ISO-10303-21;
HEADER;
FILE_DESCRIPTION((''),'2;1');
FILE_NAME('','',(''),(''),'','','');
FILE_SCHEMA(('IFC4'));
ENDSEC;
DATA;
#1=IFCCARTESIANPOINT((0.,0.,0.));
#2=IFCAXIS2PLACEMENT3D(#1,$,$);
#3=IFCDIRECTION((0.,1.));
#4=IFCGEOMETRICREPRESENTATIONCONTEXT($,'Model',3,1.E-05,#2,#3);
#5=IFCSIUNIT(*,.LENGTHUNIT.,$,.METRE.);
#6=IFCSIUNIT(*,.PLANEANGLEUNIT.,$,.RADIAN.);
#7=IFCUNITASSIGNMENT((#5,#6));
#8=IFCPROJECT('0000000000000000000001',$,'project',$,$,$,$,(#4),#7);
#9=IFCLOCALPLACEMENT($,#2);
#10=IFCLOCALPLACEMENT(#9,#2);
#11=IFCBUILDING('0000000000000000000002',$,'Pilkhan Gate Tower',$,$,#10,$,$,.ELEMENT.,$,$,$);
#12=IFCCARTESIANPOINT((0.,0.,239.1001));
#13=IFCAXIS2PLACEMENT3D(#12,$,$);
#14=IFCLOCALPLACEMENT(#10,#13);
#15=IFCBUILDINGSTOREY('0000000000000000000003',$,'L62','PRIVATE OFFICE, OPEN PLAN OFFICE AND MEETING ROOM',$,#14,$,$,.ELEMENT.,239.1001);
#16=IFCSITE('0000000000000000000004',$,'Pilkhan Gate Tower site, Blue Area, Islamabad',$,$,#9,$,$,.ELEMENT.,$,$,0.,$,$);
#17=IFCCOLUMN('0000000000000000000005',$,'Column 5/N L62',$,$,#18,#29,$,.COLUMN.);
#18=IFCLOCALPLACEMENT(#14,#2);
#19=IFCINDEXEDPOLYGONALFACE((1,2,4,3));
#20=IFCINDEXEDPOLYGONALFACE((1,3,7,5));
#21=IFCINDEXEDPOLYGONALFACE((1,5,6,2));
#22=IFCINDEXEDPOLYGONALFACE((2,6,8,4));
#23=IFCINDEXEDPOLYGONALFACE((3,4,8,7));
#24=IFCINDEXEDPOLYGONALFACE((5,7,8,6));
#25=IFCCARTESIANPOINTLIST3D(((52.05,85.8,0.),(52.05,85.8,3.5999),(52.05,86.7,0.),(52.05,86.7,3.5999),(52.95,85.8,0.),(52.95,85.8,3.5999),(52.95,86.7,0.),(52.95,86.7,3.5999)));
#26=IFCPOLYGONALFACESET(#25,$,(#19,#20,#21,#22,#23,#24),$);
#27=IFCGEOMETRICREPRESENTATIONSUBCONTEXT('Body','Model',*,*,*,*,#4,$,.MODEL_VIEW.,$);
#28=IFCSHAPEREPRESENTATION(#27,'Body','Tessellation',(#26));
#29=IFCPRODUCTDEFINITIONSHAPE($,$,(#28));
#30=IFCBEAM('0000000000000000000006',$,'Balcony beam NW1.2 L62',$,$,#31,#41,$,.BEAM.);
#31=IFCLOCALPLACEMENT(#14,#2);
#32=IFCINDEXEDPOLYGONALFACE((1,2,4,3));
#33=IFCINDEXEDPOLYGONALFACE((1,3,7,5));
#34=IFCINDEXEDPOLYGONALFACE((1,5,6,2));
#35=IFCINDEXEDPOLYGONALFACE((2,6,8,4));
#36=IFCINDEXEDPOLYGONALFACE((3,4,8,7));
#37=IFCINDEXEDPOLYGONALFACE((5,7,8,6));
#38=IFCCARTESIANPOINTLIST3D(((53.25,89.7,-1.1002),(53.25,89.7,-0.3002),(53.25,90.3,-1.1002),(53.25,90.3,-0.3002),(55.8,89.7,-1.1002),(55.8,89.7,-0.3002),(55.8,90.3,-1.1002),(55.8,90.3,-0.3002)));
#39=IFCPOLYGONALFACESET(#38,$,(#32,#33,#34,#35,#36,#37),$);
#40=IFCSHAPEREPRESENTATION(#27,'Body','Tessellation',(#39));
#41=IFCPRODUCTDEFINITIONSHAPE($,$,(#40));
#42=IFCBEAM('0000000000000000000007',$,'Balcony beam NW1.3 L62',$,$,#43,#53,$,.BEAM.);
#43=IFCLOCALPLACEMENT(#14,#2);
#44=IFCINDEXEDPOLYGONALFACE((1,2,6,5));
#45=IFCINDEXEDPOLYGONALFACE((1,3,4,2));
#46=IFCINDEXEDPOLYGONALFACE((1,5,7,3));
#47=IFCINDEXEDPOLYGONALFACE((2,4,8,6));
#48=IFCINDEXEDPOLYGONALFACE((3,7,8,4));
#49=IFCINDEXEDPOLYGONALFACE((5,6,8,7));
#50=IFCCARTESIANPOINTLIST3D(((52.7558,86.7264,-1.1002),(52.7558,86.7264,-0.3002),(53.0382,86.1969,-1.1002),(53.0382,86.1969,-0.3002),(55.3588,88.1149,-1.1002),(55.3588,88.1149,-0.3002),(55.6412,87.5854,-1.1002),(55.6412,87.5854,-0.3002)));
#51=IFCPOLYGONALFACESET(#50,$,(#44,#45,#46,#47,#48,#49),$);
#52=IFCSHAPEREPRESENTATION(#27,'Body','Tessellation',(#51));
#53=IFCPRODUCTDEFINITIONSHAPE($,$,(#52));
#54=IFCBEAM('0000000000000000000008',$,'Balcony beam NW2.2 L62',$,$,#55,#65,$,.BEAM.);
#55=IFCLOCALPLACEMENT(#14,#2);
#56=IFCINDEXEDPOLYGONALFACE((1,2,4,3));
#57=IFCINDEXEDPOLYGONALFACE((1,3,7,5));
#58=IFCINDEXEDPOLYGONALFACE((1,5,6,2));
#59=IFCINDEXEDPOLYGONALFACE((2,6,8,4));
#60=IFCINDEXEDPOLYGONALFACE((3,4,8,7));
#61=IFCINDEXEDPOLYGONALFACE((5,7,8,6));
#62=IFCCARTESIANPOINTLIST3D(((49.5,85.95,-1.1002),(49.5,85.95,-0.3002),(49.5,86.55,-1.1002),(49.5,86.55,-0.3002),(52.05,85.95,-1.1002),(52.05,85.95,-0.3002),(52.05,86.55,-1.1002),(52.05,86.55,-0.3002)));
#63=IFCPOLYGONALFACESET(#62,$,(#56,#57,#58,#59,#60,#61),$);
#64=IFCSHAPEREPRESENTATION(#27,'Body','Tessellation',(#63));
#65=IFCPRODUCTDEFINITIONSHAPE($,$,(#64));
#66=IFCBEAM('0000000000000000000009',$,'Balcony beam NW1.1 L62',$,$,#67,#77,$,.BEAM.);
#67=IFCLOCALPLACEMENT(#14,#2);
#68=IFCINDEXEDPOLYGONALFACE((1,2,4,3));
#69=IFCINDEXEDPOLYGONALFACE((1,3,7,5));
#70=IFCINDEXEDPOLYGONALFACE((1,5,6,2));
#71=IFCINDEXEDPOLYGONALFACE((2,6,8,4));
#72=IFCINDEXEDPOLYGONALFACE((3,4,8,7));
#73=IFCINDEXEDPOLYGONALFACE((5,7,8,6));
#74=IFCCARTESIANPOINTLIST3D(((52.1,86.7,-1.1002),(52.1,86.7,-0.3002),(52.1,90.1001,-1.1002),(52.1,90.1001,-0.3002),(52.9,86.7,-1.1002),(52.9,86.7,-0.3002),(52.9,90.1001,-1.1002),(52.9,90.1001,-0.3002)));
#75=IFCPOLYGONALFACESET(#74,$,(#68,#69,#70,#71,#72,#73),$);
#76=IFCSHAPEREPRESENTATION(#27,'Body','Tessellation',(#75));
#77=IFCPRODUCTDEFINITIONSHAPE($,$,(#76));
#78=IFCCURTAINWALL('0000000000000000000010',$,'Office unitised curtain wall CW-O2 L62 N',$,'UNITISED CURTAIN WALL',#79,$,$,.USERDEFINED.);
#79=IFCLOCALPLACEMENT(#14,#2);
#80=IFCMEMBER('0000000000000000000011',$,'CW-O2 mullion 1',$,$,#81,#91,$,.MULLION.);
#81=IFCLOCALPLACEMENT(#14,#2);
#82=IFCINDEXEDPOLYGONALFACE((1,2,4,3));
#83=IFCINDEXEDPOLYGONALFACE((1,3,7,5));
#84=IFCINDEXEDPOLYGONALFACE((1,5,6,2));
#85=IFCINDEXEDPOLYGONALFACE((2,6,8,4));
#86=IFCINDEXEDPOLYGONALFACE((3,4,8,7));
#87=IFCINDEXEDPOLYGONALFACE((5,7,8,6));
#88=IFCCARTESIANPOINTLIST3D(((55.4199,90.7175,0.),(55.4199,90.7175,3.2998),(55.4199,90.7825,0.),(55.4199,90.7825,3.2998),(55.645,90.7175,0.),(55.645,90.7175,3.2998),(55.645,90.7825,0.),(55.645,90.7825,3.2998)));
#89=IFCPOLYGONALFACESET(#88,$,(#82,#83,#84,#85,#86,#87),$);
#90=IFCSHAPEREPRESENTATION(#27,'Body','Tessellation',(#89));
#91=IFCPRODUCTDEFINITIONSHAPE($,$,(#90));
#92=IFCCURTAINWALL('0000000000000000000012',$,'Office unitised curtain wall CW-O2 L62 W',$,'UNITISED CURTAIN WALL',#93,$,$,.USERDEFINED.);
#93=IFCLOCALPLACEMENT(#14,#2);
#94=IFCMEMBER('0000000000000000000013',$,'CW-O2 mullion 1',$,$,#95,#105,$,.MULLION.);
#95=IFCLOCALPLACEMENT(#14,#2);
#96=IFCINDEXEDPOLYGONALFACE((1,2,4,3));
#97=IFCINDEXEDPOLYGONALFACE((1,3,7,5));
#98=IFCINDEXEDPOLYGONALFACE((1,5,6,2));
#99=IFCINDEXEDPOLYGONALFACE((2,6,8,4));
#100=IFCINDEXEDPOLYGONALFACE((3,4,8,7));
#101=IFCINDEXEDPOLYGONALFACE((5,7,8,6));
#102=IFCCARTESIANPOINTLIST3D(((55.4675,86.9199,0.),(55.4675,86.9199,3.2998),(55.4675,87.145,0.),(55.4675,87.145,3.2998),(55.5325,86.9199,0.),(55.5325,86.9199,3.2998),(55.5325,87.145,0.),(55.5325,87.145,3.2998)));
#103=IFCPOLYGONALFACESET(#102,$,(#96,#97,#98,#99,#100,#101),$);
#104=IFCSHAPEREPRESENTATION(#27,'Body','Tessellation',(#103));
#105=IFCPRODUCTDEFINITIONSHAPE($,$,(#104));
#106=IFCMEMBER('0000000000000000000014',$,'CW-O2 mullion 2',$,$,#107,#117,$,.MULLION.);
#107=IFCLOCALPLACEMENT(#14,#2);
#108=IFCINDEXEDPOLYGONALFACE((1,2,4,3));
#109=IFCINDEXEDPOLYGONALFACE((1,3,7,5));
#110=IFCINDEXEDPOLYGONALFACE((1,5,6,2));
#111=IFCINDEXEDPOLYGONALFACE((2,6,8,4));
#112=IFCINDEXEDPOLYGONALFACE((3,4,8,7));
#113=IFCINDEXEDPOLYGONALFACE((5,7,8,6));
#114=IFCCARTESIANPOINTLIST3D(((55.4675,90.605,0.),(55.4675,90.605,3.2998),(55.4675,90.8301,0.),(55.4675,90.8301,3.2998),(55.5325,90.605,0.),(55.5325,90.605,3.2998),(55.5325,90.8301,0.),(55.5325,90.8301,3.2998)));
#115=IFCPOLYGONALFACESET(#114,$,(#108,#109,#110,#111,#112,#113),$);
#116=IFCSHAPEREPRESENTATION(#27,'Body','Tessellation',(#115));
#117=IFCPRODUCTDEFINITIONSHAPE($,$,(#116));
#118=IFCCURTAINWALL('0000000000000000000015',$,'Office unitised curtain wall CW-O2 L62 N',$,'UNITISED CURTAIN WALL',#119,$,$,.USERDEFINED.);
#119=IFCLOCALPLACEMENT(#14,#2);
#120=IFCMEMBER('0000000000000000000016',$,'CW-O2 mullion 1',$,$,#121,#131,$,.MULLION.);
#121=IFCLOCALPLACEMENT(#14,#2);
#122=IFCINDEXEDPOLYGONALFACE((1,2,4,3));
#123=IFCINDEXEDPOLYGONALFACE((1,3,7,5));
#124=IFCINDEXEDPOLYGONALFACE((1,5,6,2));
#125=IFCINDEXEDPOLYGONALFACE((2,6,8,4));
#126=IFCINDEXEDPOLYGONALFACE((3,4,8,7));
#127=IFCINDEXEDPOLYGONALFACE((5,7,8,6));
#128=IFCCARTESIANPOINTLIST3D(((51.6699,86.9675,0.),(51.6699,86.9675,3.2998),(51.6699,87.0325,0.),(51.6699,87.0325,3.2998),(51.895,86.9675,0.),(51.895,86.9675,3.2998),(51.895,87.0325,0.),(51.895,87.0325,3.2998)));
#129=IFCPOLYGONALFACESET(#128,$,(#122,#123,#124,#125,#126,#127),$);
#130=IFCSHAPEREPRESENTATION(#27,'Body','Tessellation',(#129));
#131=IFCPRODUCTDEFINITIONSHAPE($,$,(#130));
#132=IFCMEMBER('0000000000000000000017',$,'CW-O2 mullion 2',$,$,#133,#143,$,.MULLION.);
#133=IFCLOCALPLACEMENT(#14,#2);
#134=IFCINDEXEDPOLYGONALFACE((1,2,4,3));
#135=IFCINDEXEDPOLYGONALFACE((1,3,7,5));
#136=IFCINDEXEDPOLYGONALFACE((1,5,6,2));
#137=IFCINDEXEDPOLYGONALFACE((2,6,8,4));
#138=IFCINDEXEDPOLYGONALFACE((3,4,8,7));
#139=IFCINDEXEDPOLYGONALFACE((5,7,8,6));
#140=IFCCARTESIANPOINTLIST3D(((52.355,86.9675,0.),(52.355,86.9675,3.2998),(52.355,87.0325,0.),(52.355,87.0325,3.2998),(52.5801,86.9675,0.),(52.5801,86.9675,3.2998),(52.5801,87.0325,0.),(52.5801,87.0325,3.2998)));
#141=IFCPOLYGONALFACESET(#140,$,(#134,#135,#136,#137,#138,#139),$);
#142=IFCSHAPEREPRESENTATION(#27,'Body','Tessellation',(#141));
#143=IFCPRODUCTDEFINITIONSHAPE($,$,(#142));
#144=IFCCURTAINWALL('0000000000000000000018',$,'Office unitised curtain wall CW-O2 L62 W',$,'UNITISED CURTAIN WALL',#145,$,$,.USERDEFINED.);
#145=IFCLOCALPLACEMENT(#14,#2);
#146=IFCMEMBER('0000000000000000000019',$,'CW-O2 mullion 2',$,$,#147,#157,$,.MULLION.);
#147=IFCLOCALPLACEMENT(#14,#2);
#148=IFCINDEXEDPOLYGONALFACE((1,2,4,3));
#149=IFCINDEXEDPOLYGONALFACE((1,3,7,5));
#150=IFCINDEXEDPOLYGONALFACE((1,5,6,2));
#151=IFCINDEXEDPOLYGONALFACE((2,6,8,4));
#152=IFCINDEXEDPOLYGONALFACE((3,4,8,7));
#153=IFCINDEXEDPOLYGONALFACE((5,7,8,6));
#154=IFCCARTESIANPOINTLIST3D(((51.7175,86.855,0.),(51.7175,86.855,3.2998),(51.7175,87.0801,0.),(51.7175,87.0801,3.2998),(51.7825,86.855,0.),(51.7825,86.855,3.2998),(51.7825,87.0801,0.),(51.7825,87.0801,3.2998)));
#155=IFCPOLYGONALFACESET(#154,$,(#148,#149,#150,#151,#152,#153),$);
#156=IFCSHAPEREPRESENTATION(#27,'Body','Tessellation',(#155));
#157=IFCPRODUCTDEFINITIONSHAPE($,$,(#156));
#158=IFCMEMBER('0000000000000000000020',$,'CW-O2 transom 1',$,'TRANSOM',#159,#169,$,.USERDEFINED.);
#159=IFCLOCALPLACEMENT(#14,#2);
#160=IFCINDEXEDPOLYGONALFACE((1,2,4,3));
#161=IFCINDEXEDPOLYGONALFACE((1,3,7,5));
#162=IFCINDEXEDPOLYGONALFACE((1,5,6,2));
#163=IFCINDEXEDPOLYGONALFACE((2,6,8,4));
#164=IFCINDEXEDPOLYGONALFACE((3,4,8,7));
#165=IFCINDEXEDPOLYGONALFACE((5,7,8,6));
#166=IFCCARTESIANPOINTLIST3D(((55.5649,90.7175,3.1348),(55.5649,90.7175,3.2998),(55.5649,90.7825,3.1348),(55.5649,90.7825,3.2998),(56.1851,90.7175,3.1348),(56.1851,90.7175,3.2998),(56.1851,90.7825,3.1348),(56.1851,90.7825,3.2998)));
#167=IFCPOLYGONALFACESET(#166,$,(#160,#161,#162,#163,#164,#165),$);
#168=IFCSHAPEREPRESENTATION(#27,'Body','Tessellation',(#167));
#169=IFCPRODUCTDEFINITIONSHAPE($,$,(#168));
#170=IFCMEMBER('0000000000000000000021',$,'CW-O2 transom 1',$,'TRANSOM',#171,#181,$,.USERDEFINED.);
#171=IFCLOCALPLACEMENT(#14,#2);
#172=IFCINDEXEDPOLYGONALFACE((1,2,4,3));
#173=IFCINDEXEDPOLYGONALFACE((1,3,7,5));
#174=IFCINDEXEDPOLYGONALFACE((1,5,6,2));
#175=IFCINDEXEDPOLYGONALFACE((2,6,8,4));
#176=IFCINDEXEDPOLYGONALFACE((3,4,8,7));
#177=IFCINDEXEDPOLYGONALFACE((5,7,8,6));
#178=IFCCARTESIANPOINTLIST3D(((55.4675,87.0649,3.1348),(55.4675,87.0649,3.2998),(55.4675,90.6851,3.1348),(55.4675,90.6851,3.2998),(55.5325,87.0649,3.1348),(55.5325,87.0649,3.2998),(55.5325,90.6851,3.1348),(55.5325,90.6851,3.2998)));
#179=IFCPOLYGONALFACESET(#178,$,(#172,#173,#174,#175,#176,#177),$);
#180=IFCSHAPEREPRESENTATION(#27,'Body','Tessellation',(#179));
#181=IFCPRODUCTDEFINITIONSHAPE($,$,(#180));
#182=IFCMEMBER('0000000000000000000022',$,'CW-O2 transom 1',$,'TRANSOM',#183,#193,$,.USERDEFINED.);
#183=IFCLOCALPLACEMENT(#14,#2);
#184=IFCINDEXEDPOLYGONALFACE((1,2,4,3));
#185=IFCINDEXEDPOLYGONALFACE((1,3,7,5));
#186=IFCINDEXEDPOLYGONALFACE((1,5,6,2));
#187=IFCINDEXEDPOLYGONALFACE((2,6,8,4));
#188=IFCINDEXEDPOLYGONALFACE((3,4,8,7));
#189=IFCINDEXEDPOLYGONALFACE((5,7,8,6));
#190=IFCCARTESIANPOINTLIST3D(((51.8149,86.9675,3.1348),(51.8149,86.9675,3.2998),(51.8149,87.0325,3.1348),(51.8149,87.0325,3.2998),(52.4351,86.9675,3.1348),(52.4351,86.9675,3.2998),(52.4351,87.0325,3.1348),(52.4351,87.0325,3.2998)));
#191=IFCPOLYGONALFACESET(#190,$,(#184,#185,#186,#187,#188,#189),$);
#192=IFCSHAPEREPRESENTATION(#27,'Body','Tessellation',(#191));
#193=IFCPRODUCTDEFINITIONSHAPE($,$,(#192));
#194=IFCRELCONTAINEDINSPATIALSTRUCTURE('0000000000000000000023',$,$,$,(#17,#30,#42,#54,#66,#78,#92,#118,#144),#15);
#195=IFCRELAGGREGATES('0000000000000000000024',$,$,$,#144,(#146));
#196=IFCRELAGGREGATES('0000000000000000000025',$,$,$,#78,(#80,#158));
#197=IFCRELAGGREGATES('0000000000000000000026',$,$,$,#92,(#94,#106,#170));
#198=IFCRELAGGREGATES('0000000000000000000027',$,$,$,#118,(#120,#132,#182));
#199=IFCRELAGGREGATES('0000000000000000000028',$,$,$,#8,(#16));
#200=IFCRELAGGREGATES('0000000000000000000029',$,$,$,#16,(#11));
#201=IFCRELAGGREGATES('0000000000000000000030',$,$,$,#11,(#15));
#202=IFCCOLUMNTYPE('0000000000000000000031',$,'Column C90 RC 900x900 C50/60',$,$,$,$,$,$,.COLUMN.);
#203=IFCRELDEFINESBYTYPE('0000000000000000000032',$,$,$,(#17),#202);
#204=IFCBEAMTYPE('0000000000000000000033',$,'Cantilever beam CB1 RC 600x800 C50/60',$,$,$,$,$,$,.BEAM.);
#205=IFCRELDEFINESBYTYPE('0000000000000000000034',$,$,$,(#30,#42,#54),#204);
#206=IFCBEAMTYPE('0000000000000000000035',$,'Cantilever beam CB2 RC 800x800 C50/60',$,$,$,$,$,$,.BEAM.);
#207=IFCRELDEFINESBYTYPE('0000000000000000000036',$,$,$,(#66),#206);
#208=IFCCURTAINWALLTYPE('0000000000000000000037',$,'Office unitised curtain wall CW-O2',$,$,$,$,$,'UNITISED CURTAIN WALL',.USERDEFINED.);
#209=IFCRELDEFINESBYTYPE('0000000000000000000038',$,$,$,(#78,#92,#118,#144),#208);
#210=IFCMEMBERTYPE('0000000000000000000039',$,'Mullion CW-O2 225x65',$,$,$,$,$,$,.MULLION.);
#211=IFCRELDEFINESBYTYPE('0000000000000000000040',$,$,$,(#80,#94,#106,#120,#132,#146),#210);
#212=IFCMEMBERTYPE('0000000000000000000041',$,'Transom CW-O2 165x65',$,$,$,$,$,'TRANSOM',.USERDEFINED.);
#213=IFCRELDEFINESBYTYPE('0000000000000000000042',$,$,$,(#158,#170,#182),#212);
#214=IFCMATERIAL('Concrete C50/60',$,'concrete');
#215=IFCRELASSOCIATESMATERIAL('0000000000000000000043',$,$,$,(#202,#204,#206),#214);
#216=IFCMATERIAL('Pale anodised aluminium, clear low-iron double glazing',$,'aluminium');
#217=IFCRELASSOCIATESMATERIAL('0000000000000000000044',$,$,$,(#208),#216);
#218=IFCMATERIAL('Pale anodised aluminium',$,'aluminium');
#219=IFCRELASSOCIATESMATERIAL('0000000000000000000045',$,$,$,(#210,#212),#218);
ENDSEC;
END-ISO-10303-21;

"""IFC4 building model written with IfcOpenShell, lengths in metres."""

from ifc_helpers import new_model, si_unit, direction, frame, origin, origin_2d, place, context, subcontext, project, spatial, rectangle, extrude, material, material_profile, profile_set, type_object, element, aggregate, save


model = new_model("IFC4")

# Units and contexts
model_context = context("Model", 3, precision=1e-05, world=origin(), true_north=direction((0.0, 1.0)))
body_context = subcontext(model_context, "Body", "Model", "MODEL_VIEW")
ifc_project = project(units=[si_unit("LENGTHUNIT", "METRE"), si_unit("PLANEANGLEUNIT", "RADIAN")], contexts=[model_context])

# Site, building, storey
site_placement = place(None, origin())
site = spatial("IfcSite", under=ifc_project, at=site_placement, Name="Pilkhan Gate Tower site, Blue Area, Islamabad", CompositionType="ELEMENT", RefElevation=0.0)
building_placement = place(site_placement, origin())
building = spatial("IfcBuilding", under=site, at=building_placement, Name="Pilkhan Gate Tower", CompositionType="ELEMENT")
storey_placement = place(building_placement, frame((0.0, 0.0, 239.1001)))
storey = spatial("IfcBuildingStorey", under=building, at=storey_placement, Name="L62", Description="PRIVATE OFFICE, OPEN PLAN OFFICE AND MEETING ROOM", CompositionType="ELEMENT", Elevation=239.1001)

# Column
ifc_material_1 = material(Name="Concrete C50/60", Category="concrete")
ifc_material_profile_1 = material_profile(ifc_material_1, rectangle(XDim=0.8999, YDim=0.8999, at=origin_2d()), Name="RC 900x900")
ifc_profile_set_1 = profile_set([ifc_material_profile_1], Name="Concrete C50/60")
column_type = type_object("IfcColumnType", Name="Column C90 RC 900x900 C50/60", PredefinedType="COLUMN", material=ifc_profile_set_1)
column_placement = place(storey_placement, frame((52.5, 86.25, 0.0), z_axis=(0.0, 0.0, 1.0), x_axis=(1.0, 0.0, 0.0)))
element("IfcColumn", 1, at=column_placement, inside=storey, type_object=column_type, Name="Column 5/N L62", PredefinedType="COLUMN", context=body_context, shape_type="SweptSolid", body=[
    extrude(rectangle(XDim=0.8999, YDim=0.8999, at=origin_2d()), origin(), (0.0, 0.0, 1.0), 3.5999),
])

# Beams
ifc_material_profile_2 = material_profile(ifc_material_1, rectangle(XDim=0.6001, YDim=0.8, at=origin_2d()), Name="RC 600x800")
ifc_profile_set_2 = profile_set([ifc_material_profile_2], Name="Concrete C50/60")
beam_type_1 = type_object("IfcBeamType", Name="Cantilever beam CB1 RC 600x800 C50/60", PredefinedType="BEAM", material=ifc_profile_set_2)
beam_1_placement = place(storey_placement, frame((55.8, 90.0, -0.7002), z_axis=(-1.0, 0.0, 0.0), x_axis=(0.0, -1.0, 0.0)))
element("IfcBeam", 2, at=beam_1_placement, inside=storey, type_object=beam_type_1, Name="Balcony beam NW1.2 L62", PredefinedType="BEAM", context=body_context, shape_type="SweptSolid", body=[
    extrude(rectangle(XDim=0.6001, YDim=0.8, at=origin_2d()), origin(), (0.0, 0.0, 1.0), 2.55),
])
beam_2_placement = place(storey_placement, frame((52.897, 86.4617, -0.7002), z_axis=(0.882332, 0.470627, 0.0), x_axis=(-0.470627, 0.882332, 0.0)))
element("IfcBeam", 3, at=beam_2_placement, inside=storey, type_object=beam_type_1, Name="Balcony beam NW1.3 L62", PredefinedType="BEAM", context=body_context, shape_type="SweptSolid", body=[
    extrude(rectangle(XDim=0.6001, YDim=0.8, at=origin_2d()), origin(), (0.0, 0.0, 1.0), 2.9502),
])
beam_3_placement = place(storey_placement, frame((52.05, 86.25, -0.7002), z_axis=(-1.0, 0.0, 0.0), x_axis=(0.0, -1.0, 0.0)))
element("IfcBeam", 4, at=beam_3_placement, inside=storey, type_object=beam_type_1, Name="Balcony beam NW2.2 L62", PredefinedType="BEAM", context=body_context, shape_type="SweptSolid", body=[
    extrude(rectangle(XDim=0.6001, YDim=0.8, at=origin_2d()), origin(), (0.0, 0.0, 1.0), 2.55),
])
ifc_material_profile_3 = material_profile(ifc_material_1, rectangle(XDim=0.8, YDim=0.8, at=origin_2d()), Name="RC 800x800")
ifc_profile_set_3 = profile_set([ifc_material_profile_3], Name="Concrete C50/60")
beam_type_2 = type_object("IfcBeamType", Name="Cantilever beam CB2 RC 800x800 C50/60", PredefinedType="BEAM", material=ifc_profile_set_3)
beam_4_placement = place(storey_placement, frame((52.5, 86.7, -0.7002), z_axis=(0.0, 1.0, 0.0), x_axis=(-1.0, 0.0, 0.0)))
element("IfcBeam", 5, at=beam_4_placement, inside=storey, type_object=beam_type_2, Name="Balcony beam NW1.1 L62", PredefinedType="BEAM", context=body_context, shape_type="SweptSolid", body=[
    extrude(rectangle(XDim=0.8, YDim=0.8, at=origin_2d()), origin(), (0.0, 0.0, 1.0), 3.4001),
])

# Curtain wall, member
ifc_material_2 = material(Name="Pale anodised aluminium, clear low-iron double glazing", Category="aluminium")
curtain_wall_type = type_object("IfcCurtainWallType", Name="Office unitised curtain wall CW-O2", ElementType="UNITISED CURTAIN WALL", PredefinedType="USERDEFINED", material=ifc_material_2)
curtain_wall_1_placement = place(storey_placement, origin())
curtain_wall_1 = element("IfcCurtainWall", 6, at=curtain_wall_1_placement, inside=storey, type_object=curtain_wall_type, Name="Office unitised curtain wall CW-O2 L62 N", ObjectType="UNITISED CURTAIN WALL", PredefinedType="USERDEFINED")
ifc_material_3 = material(Name="Pale anodised aluminium", Category="aluminium")
ifc_material_profile_4 = material_profile(ifc_material_3, rectangle(XDim=0.0649, YDim=0.2251, at=origin_2d()), Name="Mullion 225x65")
ifc_profile_set_4 = profile_set([ifc_material_profile_4], Name="Pale anodised aluminium")
member_type_1 = type_object("IfcMemberType", Name="Mullion CW-O2 225x65", PredefinedType="MULLION", material=ifc_profile_set_4)
member_1_placement = place(storey_placement, frame((55.5325, 90.75, 0.0), z_axis=(0.0, 0.0, 1.0), x_axis=(0.0, 1.0, 0.0)))
member_1 = element("IfcMember", 7, at=member_1_placement, type_object=member_type_1, Name="CW-O2 mullion 1", PredefinedType="MULLION", context=body_context, shape_type="SweptSolid", body=[
    extrude(rectangle(XDim=0.0649, YDim=0.2251, at=origin_2d()), origin(), (0.0, 0.0, 1.0), 3.2998),
])

# Curtain walls, members
curtain_wall_2_placement = place(storey_placement, origin())
curtain_wall_2 = element("IfcCurtainWall", 8, at=curtain_wall_2_placement, inside=storey, type_object=curtain_wall_type, Name="Office unitised curtain wall CW-O2 L62 W", ObjectType="UNITISED CURTAIN WALL", PredefinedType="USERDEFINED")
member_2_placement = place(storey_placement, frame((55.5, 87.0325, 0.0), z_axis=(0.0, 0.0, 1.0), x_axis=(-1.0, 0.0, 0.0)))
member_2 = element("IfcMember", 9, at=member_2_placement, type_object=member_type_1, Name="CW-O2 mullion 1", PredefinedType="MULLION", context=body_context, shape_type="SweptSolid", body=[
    extrude(rectangle(XDim=0.0649, YDim=0.2251, at=origin_2d()), origin(), (0.0, 0.0, 1.0), 3.2998),
])
member_3_placement = place(storey_placement, frame((55.5, 90.7175, 0.0), z_axis=(0.0, 0.0, 1.0), x_axis=(-1.0, 0.0, 0.0)))
member_3 = element("IfcMember", 10, at=member_3_placement, type_object=member_type_1, Name="CW-O2 mullion 2", PredefinedType="MULLION", context=body_context, shape_type="SweptSolid", body=[
    extrude(rectangle(XDim=0.0649, YDim=0.2251, at=origin_2d()), origin(), (0.0, 0.0, 1.0), 3.2998),
])
curtain_wall_3_placement = place(storey_placement, origin())
curtain_wall_3 = element("IfcCurtainWall", 11, at=curtain_wall_3_placement, inside=storey, type_object=curtain_wall_type, Name="Office unitised curtain wall CW-O2 L62 N", ObjectType="UNITISED CURTAIN WALL", PredefinedType="USERDEFINED")
member_4_placement = place(storey_placement, frame((51.7825, 87.0, 0.0), z_axis=(0.0, 0.0, 1.0), x_axis=(0.0, 1.0, 0.0)))
member_4 = element("IfcMember", 12, at=member_4_placement, type_object=member_type_1, Name="CW-O2 mullion 1", PredefinedType="MULLION", context=body_context, shape_type="SweptSolid", body=[
    extrude(rectangle(XDim=0.0649, YDim=0.2251, at=origin_2d()), origin(), (0.0, 0.0, 1.0), 3.2998),
])
member_5_placement = place(storey_placement, frame((52.4675, 87.0, 0.0), z_axis=(0.0, 0.0, 1.0), x_axis=(0.0, 1.0, 0.0)))
member_5 = element("IfcMember", 13, at=member_5_placement, type_object=member_type_1, Name="CW-O2 mullion 2", PredefinedType="MULLION", context=body_context, shape_type="SweptSolid", body=[
    extrude(rectangle(XDim=0.0649, YDim=0.2251, at=origin_2d()), origin(), (0.0, 0.0, 1.0), 3.2998),
])

# Curtain wall, member
curtain_wall_4_placement = place(storey_placement, origin())
curtain_wall_4 = element("IfcCurtainWall", 14, at=curtain_wall_4_placement, inside=storey, type_object=curtain_wall_type, Name="Office unitised curtain wall CW-O2 L62 W", ObjectType="UNITISED CURTAIN WALL", PredefinedType="USERDEFINED")
member_6_placement = place(storey_placement, frame((51.75, 86.9675, 0.0), z_axis=(0.0, 0.0, 1.0), x_axis=(-1.0, 0.0, 0.0)))
member_6 = element("IfcMember", 15, at=member_6_placement, type_object=member_type_1, Name="CW-O2 mullion 2", PredefinedType="MULLION", context=body_context, shape_type="SweptSolid", body=[
    extrude(rectangle(XDim=0.0649, YDim=0.2251, at=origin_2d()), origin(), (0.0, 0.0, 1.0), 3.2998),
])
aggregate(curtain_wall_4, [member_6])

# Members
ifc_material_profile_5 = material_profile(ifc_material_3, rectangle(XDim=0.0649, YDim=0.165, at=origin_2d()), Name="Transom 165x65")
ifc_profile_set_5 = profile_set([ifc_material_profile_5], Name="Pale anodised aluminium")
member_type_2 = type_object("IfcMemberType", Name="Transom CW-O2 165x65", ElementType="TRANSOM", PredefinedType="USERDEFINED", material=ifc_profile_set_5)
member_7_placement = place(storey_placement, frame((55.5649, 90.75, 3.2173), z_axis=(1.0, 0.0, 0.0), x_axis=(0.0, 1.0, 0.0)))
member_7 = element("IfcMember", 16, at=member_7_placement, type_object=member_type_2, Name="CW-O2 transom 1", ObjectType="TRANSOM", PredefinedType="USERDEFINED", context=body_context, shape_type="SweptSolid", body=[
    extrude(rectangle(XDim=0.0649, YDim=0.165, at=origin_2d()), origin(), (0.0, 0.0, 1.0), 0.6201),
])
member_8_placement = place(storey_placement, frame((55.5, 87.0649, 3.2173), z_axis=(0.0, 1.0, 0.0), x_axis=(-1.0, 0.0, 0.0)))
member_8 = element("IfcMember", 17, at=member_8_placement, type_object=member_type_2, Name="CW-O2 transom 1", ObjectType="TRANSOM", PredefinedType="USERDEFINED", context=body_context, shape_type="SweptSolid", body=[
    extrude(rectangle(XDim=0.0649, YDim=0.165, at=origin_2d()), origin(), (0.0, 0.0, 1.0), 3.6201),
])
member_9_placement = place(storey_placement, frame((51.8149, 87.0, 3.2173), z_axis=(1.0, 0.0, 0.0), x_axis=(0.0, 1.0, 0.0)))
member_9 = element("IfcMember", 18, at=member_9_placement, type_object=member_type_2, Name="CW-O2 transom 1", ObjectType="TRANSOM", PredefinedType="USERDEFINED", context=body_context, shape_type="SweptSolid", body=[
    extrude(rectangle(XDim=0.0649, YDim=0.165, at=origin_2d()), origin(), (0.0, 0.0, 1.0), 0.6201),
])

aggregate(curtain_wall_1, [member_1, member_7])
aggregate(curtain_wall_2, [member_2, member_3, member_8])
aggregate(curtain_wall_3, [member_4, member_5, member_9])

save(model, "model.ifc")
